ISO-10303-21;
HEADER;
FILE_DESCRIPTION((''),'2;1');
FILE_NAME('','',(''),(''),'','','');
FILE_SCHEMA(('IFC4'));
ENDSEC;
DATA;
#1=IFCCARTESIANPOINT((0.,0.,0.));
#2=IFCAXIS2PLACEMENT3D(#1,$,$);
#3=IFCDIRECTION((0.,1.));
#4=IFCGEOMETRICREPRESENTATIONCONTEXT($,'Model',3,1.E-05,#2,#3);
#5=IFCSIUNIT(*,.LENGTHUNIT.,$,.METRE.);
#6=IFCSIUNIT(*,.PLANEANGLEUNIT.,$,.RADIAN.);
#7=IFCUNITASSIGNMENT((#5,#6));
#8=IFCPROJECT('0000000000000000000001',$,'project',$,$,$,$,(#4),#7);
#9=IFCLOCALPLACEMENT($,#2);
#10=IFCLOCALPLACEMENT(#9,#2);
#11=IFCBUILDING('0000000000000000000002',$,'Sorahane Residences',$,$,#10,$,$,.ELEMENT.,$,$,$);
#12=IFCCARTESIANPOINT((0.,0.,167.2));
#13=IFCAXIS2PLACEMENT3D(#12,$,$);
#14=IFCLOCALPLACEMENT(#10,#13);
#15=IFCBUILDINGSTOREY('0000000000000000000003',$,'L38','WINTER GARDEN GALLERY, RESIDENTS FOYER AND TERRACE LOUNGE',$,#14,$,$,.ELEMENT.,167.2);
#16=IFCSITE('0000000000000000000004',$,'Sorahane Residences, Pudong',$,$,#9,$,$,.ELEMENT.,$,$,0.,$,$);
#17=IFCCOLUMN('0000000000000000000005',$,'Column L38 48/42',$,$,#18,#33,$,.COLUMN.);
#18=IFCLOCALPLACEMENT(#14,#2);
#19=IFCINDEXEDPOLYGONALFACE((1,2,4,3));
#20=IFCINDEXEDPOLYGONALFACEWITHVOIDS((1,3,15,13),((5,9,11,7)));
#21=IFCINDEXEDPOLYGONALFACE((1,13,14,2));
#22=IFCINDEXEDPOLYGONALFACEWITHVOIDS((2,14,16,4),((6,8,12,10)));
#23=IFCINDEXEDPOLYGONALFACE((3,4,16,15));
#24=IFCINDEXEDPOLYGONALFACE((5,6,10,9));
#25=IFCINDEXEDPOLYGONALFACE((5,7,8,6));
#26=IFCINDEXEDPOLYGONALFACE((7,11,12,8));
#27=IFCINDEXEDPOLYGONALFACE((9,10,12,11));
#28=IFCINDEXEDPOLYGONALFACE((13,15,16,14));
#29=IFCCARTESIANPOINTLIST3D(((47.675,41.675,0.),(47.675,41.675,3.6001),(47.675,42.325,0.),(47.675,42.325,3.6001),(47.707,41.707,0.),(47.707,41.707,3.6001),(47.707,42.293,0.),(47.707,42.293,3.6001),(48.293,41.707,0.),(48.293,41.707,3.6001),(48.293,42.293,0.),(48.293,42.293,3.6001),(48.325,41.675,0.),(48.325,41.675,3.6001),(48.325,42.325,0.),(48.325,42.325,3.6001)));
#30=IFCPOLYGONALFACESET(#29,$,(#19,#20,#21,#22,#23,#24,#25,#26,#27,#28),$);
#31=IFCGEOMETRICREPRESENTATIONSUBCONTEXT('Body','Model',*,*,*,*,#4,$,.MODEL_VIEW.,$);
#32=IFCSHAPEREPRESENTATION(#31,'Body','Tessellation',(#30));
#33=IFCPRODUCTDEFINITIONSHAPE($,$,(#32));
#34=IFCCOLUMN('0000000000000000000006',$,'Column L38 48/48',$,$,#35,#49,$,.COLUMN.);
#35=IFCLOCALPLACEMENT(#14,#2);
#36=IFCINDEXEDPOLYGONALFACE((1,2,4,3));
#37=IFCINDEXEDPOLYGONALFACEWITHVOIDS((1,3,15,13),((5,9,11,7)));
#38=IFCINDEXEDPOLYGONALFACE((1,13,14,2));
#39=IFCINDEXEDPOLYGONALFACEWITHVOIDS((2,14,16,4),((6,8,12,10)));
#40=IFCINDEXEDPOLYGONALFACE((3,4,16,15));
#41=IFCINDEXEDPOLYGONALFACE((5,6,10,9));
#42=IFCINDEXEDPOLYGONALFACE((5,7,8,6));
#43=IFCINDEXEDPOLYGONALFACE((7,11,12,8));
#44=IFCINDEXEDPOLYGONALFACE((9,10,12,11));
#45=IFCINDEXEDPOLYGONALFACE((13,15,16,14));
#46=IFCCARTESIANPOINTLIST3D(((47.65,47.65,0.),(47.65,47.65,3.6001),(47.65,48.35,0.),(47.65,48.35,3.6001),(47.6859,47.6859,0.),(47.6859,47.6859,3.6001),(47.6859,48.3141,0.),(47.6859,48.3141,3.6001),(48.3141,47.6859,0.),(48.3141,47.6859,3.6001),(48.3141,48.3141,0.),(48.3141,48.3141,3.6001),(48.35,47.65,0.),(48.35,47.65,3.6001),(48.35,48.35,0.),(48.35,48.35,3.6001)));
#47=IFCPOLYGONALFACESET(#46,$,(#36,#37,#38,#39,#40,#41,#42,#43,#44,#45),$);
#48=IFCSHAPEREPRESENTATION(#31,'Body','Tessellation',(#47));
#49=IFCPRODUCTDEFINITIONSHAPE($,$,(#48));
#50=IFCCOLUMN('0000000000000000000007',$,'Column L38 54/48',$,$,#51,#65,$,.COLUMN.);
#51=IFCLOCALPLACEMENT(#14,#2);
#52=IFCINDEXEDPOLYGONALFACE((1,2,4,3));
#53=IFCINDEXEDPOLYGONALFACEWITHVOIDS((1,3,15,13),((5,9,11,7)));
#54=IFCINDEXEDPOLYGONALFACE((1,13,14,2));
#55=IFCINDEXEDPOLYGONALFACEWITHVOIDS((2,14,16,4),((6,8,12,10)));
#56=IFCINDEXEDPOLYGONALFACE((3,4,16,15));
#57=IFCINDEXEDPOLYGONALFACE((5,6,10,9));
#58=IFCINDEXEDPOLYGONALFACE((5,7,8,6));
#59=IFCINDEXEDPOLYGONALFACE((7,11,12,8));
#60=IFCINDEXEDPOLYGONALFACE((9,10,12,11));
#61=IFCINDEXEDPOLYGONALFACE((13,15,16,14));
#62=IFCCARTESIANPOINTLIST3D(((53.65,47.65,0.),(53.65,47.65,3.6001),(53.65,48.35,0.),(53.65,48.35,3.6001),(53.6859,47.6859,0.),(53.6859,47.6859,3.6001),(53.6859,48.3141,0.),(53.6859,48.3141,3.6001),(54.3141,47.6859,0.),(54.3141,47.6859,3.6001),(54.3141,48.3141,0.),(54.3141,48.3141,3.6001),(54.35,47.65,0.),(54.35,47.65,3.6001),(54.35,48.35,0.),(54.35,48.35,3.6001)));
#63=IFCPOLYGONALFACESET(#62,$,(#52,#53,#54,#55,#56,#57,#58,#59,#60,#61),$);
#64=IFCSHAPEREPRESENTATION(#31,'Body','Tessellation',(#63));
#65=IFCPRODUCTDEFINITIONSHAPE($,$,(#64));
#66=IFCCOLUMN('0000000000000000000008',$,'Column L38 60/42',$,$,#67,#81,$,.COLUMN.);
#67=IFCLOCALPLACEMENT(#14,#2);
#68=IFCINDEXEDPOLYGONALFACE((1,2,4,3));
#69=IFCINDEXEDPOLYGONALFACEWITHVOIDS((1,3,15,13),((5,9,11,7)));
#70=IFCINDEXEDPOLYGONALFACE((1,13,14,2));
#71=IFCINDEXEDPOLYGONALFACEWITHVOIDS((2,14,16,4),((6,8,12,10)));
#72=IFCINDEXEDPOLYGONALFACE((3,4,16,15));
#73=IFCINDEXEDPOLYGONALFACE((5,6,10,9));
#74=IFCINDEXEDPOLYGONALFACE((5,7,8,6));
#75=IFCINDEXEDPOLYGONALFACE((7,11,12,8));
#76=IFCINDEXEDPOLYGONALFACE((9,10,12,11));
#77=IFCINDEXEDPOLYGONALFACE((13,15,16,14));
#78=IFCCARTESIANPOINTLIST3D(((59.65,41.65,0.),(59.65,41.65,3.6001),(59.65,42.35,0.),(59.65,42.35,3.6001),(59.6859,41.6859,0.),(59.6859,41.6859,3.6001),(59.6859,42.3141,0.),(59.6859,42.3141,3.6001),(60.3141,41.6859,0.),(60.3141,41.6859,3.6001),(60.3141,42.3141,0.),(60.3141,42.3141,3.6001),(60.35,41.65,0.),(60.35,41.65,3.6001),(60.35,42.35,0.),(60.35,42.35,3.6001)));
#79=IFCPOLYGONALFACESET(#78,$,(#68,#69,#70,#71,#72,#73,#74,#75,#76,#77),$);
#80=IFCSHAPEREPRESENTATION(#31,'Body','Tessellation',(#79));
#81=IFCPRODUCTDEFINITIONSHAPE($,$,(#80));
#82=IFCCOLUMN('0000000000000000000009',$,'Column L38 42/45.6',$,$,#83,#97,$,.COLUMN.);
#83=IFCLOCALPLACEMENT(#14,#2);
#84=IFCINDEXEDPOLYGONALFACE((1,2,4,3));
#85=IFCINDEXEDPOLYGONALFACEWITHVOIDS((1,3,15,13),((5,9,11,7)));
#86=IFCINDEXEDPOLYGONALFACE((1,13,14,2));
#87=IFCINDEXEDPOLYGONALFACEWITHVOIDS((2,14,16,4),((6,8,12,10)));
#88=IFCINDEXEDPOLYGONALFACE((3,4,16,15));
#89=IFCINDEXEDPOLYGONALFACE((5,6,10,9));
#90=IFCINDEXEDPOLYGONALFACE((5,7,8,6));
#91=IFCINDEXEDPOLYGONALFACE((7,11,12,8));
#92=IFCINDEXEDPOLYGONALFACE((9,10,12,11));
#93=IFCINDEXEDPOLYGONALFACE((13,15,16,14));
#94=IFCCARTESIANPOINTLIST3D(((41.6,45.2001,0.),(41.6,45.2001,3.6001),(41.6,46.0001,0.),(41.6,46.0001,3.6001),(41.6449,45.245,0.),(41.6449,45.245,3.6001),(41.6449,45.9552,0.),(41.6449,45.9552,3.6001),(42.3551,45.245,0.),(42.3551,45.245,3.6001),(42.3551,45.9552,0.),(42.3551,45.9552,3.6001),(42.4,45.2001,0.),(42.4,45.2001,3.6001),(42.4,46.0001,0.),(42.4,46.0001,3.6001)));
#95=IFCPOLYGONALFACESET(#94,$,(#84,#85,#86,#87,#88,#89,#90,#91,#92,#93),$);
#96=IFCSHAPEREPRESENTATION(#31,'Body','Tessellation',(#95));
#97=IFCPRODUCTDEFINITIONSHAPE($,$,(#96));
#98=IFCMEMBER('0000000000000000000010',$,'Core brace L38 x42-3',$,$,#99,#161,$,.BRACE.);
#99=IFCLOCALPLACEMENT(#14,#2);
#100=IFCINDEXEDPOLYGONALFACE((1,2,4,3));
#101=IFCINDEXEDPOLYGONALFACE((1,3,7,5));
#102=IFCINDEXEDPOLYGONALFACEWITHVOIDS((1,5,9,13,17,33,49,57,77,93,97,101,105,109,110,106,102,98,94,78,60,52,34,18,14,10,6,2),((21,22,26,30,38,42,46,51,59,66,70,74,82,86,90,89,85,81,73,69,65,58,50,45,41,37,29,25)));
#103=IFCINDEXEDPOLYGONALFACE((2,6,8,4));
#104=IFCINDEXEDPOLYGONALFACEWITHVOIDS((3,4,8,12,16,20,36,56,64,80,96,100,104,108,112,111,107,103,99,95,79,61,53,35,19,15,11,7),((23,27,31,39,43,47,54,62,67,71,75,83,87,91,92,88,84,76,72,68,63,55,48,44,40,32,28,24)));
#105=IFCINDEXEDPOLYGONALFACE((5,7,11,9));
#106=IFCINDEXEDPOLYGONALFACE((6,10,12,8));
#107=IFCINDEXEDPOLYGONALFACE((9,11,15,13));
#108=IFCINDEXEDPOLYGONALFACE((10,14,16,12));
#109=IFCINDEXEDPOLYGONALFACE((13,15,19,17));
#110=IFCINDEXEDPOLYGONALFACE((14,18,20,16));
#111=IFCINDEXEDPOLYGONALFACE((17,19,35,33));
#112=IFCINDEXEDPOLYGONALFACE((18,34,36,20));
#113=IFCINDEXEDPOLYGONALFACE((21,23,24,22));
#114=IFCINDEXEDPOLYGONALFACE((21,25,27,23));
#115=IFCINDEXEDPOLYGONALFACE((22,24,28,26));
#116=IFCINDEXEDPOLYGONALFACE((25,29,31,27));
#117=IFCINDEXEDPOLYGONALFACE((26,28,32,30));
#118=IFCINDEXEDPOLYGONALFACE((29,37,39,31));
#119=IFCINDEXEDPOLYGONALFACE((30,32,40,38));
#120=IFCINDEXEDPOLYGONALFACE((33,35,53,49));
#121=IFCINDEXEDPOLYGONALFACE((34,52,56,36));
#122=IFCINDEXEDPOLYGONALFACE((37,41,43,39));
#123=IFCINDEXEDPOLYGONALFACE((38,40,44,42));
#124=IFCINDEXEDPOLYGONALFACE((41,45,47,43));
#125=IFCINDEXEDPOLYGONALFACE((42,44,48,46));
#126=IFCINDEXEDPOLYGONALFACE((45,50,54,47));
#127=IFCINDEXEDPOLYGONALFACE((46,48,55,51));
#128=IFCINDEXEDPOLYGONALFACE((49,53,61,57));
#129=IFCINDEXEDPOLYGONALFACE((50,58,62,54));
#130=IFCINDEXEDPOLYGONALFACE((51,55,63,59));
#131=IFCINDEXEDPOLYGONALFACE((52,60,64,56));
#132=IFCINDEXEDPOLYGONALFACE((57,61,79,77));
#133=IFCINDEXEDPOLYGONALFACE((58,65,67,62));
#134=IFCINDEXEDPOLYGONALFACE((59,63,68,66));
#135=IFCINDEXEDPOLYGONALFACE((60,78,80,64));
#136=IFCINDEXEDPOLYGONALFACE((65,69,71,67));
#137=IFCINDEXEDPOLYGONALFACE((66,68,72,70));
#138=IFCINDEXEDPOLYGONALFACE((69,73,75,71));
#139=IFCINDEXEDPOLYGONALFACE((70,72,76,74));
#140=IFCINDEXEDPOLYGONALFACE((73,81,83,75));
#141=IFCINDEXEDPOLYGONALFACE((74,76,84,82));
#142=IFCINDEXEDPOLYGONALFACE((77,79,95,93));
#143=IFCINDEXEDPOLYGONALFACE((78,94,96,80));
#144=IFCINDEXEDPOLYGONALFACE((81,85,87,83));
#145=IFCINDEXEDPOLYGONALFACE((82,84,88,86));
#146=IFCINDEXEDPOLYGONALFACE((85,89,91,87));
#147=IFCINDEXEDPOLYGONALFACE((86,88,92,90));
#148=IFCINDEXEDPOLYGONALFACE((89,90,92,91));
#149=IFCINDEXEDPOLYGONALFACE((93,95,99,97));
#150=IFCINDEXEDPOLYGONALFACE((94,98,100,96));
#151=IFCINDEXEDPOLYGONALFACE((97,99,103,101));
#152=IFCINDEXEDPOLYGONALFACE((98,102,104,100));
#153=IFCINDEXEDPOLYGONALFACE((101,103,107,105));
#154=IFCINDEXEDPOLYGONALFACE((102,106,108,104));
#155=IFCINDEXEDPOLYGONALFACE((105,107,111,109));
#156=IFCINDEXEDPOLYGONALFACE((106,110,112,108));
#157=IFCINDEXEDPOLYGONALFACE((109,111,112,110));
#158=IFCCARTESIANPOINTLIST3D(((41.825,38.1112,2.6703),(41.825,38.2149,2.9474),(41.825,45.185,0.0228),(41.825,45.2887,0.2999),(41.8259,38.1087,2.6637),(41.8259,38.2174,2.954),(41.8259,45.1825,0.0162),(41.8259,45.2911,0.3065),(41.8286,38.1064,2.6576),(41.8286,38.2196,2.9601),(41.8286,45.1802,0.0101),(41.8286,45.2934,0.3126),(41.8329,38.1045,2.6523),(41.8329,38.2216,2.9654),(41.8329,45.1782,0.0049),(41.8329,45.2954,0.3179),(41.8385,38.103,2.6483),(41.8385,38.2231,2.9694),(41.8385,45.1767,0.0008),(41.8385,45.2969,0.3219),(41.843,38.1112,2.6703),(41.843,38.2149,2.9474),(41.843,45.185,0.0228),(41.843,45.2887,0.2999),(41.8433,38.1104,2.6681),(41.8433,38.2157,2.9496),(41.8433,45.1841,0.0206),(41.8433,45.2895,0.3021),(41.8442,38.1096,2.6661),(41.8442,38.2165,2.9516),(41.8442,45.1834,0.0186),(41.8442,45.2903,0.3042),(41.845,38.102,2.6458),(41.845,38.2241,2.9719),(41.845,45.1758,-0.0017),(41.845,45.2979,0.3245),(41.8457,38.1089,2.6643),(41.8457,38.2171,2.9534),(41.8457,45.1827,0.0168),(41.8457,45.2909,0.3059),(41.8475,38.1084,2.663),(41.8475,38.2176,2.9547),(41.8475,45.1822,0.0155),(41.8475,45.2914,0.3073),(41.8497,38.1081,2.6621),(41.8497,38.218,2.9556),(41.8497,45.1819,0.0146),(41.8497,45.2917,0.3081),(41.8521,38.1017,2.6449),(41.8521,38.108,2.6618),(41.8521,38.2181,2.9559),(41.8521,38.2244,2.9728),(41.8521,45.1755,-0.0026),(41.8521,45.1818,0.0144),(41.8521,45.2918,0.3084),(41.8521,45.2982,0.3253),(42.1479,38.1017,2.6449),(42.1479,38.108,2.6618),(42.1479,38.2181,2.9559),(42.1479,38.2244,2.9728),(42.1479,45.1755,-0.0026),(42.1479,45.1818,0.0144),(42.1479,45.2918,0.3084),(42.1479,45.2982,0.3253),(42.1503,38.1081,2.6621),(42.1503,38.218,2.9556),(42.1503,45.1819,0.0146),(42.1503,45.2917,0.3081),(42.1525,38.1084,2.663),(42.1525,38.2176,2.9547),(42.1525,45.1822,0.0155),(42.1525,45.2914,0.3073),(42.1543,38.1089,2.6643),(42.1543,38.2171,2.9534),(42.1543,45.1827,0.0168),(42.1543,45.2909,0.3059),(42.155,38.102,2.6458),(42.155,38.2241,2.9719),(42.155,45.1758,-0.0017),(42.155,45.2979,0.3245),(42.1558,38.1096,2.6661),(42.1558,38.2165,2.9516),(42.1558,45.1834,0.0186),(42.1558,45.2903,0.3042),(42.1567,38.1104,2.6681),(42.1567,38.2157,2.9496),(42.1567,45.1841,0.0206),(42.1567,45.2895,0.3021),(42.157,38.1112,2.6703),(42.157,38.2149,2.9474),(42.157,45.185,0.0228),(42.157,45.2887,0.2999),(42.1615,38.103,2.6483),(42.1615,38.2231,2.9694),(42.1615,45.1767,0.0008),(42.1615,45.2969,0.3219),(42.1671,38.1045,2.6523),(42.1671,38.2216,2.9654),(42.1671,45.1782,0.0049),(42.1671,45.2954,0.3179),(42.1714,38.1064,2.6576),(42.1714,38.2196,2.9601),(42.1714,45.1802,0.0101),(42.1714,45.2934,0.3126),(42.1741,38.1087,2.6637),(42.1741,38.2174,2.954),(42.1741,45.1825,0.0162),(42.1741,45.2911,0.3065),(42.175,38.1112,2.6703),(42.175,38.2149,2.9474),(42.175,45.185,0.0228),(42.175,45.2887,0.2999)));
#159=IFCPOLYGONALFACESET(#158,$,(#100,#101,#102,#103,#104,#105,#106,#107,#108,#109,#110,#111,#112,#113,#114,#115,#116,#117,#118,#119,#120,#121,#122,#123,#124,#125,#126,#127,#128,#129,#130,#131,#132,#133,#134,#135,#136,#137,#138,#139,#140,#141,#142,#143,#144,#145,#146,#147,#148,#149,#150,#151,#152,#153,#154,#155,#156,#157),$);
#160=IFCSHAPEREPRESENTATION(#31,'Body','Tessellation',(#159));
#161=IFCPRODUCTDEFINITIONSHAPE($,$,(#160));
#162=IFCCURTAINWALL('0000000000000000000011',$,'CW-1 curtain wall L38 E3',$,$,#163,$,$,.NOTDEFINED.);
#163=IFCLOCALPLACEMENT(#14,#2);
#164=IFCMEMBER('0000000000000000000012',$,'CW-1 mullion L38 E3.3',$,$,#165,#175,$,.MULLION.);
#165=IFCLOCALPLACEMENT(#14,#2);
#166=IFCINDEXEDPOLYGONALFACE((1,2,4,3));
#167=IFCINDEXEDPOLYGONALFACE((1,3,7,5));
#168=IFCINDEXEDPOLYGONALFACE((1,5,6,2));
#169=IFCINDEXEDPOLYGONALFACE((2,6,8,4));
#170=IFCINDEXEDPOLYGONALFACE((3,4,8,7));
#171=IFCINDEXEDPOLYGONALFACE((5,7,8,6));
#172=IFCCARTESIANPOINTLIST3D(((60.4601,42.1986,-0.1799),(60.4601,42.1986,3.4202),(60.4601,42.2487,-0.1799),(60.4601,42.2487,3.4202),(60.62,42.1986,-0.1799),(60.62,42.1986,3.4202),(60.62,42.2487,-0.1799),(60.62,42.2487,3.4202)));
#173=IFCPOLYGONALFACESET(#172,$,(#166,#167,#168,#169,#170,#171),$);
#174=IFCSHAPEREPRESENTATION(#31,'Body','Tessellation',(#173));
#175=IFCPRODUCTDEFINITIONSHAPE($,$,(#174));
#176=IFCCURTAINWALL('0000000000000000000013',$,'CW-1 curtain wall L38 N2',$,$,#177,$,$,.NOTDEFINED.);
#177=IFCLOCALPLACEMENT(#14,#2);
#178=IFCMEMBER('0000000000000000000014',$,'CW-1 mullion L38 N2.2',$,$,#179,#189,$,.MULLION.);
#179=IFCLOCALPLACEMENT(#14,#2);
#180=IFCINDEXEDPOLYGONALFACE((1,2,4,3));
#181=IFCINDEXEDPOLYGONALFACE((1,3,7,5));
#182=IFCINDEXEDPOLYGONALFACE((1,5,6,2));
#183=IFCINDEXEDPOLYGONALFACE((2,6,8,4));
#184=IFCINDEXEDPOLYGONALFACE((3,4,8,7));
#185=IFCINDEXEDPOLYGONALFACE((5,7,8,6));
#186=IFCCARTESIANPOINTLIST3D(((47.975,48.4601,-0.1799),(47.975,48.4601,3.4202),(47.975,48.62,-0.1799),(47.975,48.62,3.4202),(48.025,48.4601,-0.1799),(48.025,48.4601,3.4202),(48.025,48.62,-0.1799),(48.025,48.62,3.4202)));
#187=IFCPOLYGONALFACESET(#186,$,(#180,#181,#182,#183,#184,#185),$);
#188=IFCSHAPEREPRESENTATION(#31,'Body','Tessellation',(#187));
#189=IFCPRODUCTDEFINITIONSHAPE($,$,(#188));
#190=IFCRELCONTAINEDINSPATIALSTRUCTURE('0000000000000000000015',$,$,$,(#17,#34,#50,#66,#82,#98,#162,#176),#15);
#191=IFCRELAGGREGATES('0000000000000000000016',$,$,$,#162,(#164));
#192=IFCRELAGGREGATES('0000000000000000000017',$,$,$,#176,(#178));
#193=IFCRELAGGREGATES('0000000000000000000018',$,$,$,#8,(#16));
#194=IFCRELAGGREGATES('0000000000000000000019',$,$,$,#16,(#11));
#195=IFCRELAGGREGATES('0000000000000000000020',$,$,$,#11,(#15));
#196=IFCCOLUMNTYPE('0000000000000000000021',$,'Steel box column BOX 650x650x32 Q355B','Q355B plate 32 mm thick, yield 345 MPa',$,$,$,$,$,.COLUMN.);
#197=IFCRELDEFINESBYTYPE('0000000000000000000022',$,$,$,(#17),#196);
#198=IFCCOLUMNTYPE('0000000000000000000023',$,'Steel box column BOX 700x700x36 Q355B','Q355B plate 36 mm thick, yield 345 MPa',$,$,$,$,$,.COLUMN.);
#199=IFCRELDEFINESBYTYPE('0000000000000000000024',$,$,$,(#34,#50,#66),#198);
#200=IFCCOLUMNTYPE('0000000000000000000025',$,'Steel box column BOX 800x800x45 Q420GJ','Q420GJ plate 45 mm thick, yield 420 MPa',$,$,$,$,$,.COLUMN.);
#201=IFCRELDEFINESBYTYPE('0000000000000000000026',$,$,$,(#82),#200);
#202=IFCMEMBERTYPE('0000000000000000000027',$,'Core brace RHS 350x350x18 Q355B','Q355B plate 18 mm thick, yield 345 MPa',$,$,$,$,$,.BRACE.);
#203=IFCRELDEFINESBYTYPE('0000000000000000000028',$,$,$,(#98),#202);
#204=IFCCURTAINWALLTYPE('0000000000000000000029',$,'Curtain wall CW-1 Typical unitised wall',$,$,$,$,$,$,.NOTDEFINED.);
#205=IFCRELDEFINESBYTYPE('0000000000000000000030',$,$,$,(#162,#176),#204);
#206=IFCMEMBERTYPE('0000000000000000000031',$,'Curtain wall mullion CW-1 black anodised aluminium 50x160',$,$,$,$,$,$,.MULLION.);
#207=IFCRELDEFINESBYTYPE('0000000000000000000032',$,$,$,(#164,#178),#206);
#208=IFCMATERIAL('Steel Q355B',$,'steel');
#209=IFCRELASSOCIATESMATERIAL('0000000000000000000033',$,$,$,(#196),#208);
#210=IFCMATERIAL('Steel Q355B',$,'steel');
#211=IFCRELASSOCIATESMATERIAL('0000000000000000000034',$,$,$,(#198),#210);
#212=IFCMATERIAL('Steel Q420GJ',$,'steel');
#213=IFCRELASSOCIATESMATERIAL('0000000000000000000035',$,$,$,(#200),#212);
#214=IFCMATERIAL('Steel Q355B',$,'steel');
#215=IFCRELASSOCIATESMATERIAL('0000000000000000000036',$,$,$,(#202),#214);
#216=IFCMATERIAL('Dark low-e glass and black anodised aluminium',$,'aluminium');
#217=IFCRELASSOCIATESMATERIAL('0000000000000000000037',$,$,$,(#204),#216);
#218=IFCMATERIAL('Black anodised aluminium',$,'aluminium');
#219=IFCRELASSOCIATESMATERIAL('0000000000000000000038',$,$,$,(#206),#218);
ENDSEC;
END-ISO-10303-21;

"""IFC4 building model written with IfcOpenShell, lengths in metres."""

from ifc_helpers import new_model, si_unit, direction, frame, origin, origin_2d, place, context, subcontext, project, spatial, rectangle, hollow_rectangle, extrude, material, material_profile, profile_set, type_object, element, aggregate, save


model = new_model("IFC4")

# Units and contexts
model_context = context("Model", 3, precision=1e-05, world=origin(), true_north=direction((0.0, 1.0)))
body_context = subcontext(model_context, "Body", "Model", "MODEL_VIEW")
ifc_project = project(units=[si_unit("LENGTHUNIT", "METRE"), si_unit("PLANEANGLEUNIT", "RADIAN")], contexts=[model_context])

# Site, building, storey
site_placement = place(None, origin())
site = spatial("IfcSite", under=ifc_project, at=site_placement, Name="Sorahane Residences, Pudong", CompositionType="ELEMENT", RefElevation=0.0)
building_placement = place(site_placement, origin())
building = spatial("IfcBuilding", under=site, at=building_placement, Name="Sorahane Residences", CompositionType="ELEMENT")
storey_placement = place(building_placement, frame((0.0, 0.0, 167.2)))
storey = spatial("IfcBuildingStorey", under=building, at=storey_placement, Name="L38", Description="WINTER GARDEN GALLERY, RESIDENTS FOYER AND TERRACE LOUNGE", CompositionType="ELEMENT", Elevation=167.2)

# Columns
ifc_material_1 = material(Name="Steel Q355B", Category="steel")
ifc_material_profile_1 = material_profile(ifc_material_1, hollow_rectangle(XDim=0.6499, YDim=0.6499, WallThickness=0.032, at=origin_2d()), Name="BOX 650x650x32")
ifc_profile_set_1 = profile_set([ifc_material_profile_1], Name="Steel Q355B")
column_type_1 = type_object("IfcColumnType", Name="Steel box column BOX 650x650x32 Q355B", Description="Q355B plate 32 mm thick, yield 345 MPa", PredefinedType="COLUMN", material=ifc_profile_set_1)
column_1_placement = place(storey_placement, frame((48.0, 42.0, 0.0), z_axis=(0.0, 0.0, 1.0), x_axis=(1.0, 0.0, 0.0)))
element("IfcColumn", 1, at=column_1_placement, inside=storey, type_object=column_type_1, Name="Column L38 48/42", PredefinedType="COLUMN", context=body_context, shape_type="SweptSolid", body=[
    extrude(hollow_rectangle(XDim=0.6499, YDim=0.6499, WallThickness=0.032, at=origin_2d()), origin(), (0.0, 0.0, 1.0), 3.6001),
])
ifc_material_2 = material(Name="Steel Q355B", Category="steel")
ifc_material_profile_2 = material_profile(ifc_material_2, hollow_rectangle(XDim=0.7, YDim=0.7, WallThickness=0.0359, at=origin_2d()), Name="BOX 700x700x36")
ifc_profile_set_2 = profile_set([ifc_material_profile_2], Name="Steel Q355B")
column_type_2 = type_object("IfcColumnType", Name="Steel box column BOX 700x700x36 Q355B", Description="Q355B plate 36 mm thick, yield 345 MPa", PredefinedType="COLUMN", material=ifc_profile_set_2)
for number, where, z_axis, x_axis, name in (
    (2, (48.0, 48.0, 0.0), (0.0, 0.0, 1.0), (1.0, 0.0, 0.0), "Column L38 48/48"),
    (3, (54.0, 48.0, 0.0), (0.0, 0.0, 1.0), (1.0, 0.0, 0.0), "Column L38 54/48"),
    (4, (60.0, 42.0, 0.0), (0.0, 0.0, 1.0), (1.0, 0.0, 0.0), "Column L38 60/42"),
):
    element("IfcColumn", number, at=place(storey_placement, frame(where, z_axis=z_axis, x_axis=x_axis)), inside=storey, type_object=column_type_2, Name=name, PredefinedType="COLUMN", context=body_context, shape_type="SweptSolid", body=[
        extrude(hollow_rectangle(XDim=0.7, YDim=0.7, WallThickness=0.0359, at=origin_2d()), origin(), (0.0, 0.0, 1.0), 3.6001),
    ])
ifc_material_3 = material(Name="Steel Q420GJ", Category="steel")
ifc_material_profile_3 = material_profile(ifc_material_3, hollow_rectangle(XDim=0.8, YDim=0.8, WallThickness=0.0449, at=origin_2d()), Name="BOX 800x800x45")
ifc_profile_set_3 = profile_set([ifc_material_profile_3], Name="Steel Q420GJ")
column_type_3 = type_object("IfcColumnType", Name="Steel box column BOX 800x800x45 Q420GJ", Description="Q420GJ plate 45 mm thick, yield 420 MPa", PredefinedType="COLUMN", material=ifc_profile_set_3)
column_2_placement = place(storey_placement, frame((42.0, 45.6001, 0.0), z_axis=(0.0, 0.0, 1.0), x_axis=(1.0, 0.0, 0.0)))
element("IfcColumn", 5, at=column_2_placement, inside=storey, type_object=column_type_3, Name="Column L38 42/45.6", PredefinedType="COLUMN", context=body_context, shape_type="SweptSolid", body=[
    extrude(hollow_rectangle(XDim=0.8, YDim=0.8, WallThickness=0.0449, at=origin_2d()), origin(), (0.0, 0.0, 1.0), 3.6001),
])

# Member
ifc_material_4 = material(Name="Steel Q355B", Category="steel")
ifc_material_profile_4 = material_profile(ifc_material_4, hollow_rectangle(XDim=0.3501, YDim=0.3501, WallThickness=0.0181, InnerFilletRadius=0.009, OuterFilletRadius=0.0271, at=origin_2d()), Name="RHS 350x350x18")
ifc_profile_set_4 = profile_set([ifc_material_profile_4], Name="Steel Q355B")
member_type_1 = type_object("IfcMemberType", Name="Core brace RHS 350x350x18 Q355B", Description="Q355B plate 18 mm thick, yield 345 MPa", PredefinedType="BRACE", material=ifc_profile_set_4)
member_1_placement = place(storey_placement, frame((42.0, 45.2368, 0.1614), z_axis=(0.0, -0.936555, 0.350521), x_axis=(1.0, 0.0, 0.0)))
element("IfcMember", 6, at=member_1_placement, inside=storey, type_object=member_type_1, Name="Core brace L38 x42-3", PredefinedType="BRACE", context=body_context, shape_type="SweptSolid", body=[
    extrude(hollow_rectangle(XDim=0.3501, YDim=0.3501, WallThickness=0.0181, InnerFilletRadius=0.009, OuterFilletRadius=0.0271, at=origin_2d()), origin(), (0.0, 0.0, 1.0), 7.553),
])

# Curtain wall, member
ifc_material_5 = material(Name="Dark low-e glass and black anodised aluminium", Category="aluminium")
curtain_wall_type_1 = type_object("IfcCurtainWallType", Name="Curtain wall CW-1 Typical unitised wall", PredefinedType="NOTDEFINED", material=ifc_material_5)
curtain_wall_1_placement = place(storey_placement, origin())
curtain_wall_1 = element("IfcCurtainWall", 7, at=curtain_wall_1_placement, inside=storey, type_object=curtain_wall_type_1, Name="CW-1 curtain wall L38 E3", PredefinedType="NOTDEFINED")
ifc_material_6 = material(Name="Black anodised aluminium", Category="aluminium")
ifc_material_profile_5 = material_profile(ifc_material_6, rectangle(XDim=0.1599, YDim=0.05, at=origin_2d()), Name="Curtain wall mullion CW-1 black anodised aluminium 50x160")
ifc_profile_set_5 = profile_set([ifc_material_profile_5], Name="Black anodised aluminium")
member_type_2 = type_object("IfcMemberType", Name="Curtain wall mullion CW-1 black anodised aluminium 50x160", PredefinedType="MULLION", material=ifc_profile_set_5)
member_2_placement = place(storey_placement, frame((60.54, 42.2236, -0.1799), z_axis=(0.0, 0.0, 1.0), x_axis=(1.0, 0.0, 0.0)))
member_2 = element("IfcMember", 8, at=member_2_placement, type_object=member_type_2, Name="CW-1 mullion L38 E3.3", PredefinedType="MULLION", context=body_context, shape_type="SweptSolid", body=[
    extrude(rectangle(XDim=0.1599, YDim=0.05, at=origin_2d()), origin(), (0.0, 0.0, 1.0), 3.6001),
])

# Curtain wall, member
curtain_wall_2_placement = place(storey_placement, origin())
curtain_wall_2 = element("IfcCurtainWall", 9, at=curtain_wall_2_placement, inside=storey, type_object=curtain_wall_type_1, Name="CW-1 curtain wall L38 N2", PredefinedType="NOTDEFINED")
member_3_placement = place(storey_placement, frame((48.0, 48.54, -0.1799), z_axis=(0.0, 0.0, 1.0), x_axis=(0.0, 1.0, 0.0)))
member_3 = element("IfcMember", 10, at=member_3_placement, type_object=member_type_2, Name="CW-1 mullion L38 N2.2", PredefinedType="MULLION", context=body_context, shape_type="SweptSolid", body=[
    extrude(rectangle(XDim=0.1599, YDim=0.05, at=origin_2d()), origin(), (0.0, 0.0, 1.0), 3.6001),
])

aggregate(curtain_wall_1, [member_2])
aggregate(curtain_wall_2, [member_3])

save(model, "model.ifc")
